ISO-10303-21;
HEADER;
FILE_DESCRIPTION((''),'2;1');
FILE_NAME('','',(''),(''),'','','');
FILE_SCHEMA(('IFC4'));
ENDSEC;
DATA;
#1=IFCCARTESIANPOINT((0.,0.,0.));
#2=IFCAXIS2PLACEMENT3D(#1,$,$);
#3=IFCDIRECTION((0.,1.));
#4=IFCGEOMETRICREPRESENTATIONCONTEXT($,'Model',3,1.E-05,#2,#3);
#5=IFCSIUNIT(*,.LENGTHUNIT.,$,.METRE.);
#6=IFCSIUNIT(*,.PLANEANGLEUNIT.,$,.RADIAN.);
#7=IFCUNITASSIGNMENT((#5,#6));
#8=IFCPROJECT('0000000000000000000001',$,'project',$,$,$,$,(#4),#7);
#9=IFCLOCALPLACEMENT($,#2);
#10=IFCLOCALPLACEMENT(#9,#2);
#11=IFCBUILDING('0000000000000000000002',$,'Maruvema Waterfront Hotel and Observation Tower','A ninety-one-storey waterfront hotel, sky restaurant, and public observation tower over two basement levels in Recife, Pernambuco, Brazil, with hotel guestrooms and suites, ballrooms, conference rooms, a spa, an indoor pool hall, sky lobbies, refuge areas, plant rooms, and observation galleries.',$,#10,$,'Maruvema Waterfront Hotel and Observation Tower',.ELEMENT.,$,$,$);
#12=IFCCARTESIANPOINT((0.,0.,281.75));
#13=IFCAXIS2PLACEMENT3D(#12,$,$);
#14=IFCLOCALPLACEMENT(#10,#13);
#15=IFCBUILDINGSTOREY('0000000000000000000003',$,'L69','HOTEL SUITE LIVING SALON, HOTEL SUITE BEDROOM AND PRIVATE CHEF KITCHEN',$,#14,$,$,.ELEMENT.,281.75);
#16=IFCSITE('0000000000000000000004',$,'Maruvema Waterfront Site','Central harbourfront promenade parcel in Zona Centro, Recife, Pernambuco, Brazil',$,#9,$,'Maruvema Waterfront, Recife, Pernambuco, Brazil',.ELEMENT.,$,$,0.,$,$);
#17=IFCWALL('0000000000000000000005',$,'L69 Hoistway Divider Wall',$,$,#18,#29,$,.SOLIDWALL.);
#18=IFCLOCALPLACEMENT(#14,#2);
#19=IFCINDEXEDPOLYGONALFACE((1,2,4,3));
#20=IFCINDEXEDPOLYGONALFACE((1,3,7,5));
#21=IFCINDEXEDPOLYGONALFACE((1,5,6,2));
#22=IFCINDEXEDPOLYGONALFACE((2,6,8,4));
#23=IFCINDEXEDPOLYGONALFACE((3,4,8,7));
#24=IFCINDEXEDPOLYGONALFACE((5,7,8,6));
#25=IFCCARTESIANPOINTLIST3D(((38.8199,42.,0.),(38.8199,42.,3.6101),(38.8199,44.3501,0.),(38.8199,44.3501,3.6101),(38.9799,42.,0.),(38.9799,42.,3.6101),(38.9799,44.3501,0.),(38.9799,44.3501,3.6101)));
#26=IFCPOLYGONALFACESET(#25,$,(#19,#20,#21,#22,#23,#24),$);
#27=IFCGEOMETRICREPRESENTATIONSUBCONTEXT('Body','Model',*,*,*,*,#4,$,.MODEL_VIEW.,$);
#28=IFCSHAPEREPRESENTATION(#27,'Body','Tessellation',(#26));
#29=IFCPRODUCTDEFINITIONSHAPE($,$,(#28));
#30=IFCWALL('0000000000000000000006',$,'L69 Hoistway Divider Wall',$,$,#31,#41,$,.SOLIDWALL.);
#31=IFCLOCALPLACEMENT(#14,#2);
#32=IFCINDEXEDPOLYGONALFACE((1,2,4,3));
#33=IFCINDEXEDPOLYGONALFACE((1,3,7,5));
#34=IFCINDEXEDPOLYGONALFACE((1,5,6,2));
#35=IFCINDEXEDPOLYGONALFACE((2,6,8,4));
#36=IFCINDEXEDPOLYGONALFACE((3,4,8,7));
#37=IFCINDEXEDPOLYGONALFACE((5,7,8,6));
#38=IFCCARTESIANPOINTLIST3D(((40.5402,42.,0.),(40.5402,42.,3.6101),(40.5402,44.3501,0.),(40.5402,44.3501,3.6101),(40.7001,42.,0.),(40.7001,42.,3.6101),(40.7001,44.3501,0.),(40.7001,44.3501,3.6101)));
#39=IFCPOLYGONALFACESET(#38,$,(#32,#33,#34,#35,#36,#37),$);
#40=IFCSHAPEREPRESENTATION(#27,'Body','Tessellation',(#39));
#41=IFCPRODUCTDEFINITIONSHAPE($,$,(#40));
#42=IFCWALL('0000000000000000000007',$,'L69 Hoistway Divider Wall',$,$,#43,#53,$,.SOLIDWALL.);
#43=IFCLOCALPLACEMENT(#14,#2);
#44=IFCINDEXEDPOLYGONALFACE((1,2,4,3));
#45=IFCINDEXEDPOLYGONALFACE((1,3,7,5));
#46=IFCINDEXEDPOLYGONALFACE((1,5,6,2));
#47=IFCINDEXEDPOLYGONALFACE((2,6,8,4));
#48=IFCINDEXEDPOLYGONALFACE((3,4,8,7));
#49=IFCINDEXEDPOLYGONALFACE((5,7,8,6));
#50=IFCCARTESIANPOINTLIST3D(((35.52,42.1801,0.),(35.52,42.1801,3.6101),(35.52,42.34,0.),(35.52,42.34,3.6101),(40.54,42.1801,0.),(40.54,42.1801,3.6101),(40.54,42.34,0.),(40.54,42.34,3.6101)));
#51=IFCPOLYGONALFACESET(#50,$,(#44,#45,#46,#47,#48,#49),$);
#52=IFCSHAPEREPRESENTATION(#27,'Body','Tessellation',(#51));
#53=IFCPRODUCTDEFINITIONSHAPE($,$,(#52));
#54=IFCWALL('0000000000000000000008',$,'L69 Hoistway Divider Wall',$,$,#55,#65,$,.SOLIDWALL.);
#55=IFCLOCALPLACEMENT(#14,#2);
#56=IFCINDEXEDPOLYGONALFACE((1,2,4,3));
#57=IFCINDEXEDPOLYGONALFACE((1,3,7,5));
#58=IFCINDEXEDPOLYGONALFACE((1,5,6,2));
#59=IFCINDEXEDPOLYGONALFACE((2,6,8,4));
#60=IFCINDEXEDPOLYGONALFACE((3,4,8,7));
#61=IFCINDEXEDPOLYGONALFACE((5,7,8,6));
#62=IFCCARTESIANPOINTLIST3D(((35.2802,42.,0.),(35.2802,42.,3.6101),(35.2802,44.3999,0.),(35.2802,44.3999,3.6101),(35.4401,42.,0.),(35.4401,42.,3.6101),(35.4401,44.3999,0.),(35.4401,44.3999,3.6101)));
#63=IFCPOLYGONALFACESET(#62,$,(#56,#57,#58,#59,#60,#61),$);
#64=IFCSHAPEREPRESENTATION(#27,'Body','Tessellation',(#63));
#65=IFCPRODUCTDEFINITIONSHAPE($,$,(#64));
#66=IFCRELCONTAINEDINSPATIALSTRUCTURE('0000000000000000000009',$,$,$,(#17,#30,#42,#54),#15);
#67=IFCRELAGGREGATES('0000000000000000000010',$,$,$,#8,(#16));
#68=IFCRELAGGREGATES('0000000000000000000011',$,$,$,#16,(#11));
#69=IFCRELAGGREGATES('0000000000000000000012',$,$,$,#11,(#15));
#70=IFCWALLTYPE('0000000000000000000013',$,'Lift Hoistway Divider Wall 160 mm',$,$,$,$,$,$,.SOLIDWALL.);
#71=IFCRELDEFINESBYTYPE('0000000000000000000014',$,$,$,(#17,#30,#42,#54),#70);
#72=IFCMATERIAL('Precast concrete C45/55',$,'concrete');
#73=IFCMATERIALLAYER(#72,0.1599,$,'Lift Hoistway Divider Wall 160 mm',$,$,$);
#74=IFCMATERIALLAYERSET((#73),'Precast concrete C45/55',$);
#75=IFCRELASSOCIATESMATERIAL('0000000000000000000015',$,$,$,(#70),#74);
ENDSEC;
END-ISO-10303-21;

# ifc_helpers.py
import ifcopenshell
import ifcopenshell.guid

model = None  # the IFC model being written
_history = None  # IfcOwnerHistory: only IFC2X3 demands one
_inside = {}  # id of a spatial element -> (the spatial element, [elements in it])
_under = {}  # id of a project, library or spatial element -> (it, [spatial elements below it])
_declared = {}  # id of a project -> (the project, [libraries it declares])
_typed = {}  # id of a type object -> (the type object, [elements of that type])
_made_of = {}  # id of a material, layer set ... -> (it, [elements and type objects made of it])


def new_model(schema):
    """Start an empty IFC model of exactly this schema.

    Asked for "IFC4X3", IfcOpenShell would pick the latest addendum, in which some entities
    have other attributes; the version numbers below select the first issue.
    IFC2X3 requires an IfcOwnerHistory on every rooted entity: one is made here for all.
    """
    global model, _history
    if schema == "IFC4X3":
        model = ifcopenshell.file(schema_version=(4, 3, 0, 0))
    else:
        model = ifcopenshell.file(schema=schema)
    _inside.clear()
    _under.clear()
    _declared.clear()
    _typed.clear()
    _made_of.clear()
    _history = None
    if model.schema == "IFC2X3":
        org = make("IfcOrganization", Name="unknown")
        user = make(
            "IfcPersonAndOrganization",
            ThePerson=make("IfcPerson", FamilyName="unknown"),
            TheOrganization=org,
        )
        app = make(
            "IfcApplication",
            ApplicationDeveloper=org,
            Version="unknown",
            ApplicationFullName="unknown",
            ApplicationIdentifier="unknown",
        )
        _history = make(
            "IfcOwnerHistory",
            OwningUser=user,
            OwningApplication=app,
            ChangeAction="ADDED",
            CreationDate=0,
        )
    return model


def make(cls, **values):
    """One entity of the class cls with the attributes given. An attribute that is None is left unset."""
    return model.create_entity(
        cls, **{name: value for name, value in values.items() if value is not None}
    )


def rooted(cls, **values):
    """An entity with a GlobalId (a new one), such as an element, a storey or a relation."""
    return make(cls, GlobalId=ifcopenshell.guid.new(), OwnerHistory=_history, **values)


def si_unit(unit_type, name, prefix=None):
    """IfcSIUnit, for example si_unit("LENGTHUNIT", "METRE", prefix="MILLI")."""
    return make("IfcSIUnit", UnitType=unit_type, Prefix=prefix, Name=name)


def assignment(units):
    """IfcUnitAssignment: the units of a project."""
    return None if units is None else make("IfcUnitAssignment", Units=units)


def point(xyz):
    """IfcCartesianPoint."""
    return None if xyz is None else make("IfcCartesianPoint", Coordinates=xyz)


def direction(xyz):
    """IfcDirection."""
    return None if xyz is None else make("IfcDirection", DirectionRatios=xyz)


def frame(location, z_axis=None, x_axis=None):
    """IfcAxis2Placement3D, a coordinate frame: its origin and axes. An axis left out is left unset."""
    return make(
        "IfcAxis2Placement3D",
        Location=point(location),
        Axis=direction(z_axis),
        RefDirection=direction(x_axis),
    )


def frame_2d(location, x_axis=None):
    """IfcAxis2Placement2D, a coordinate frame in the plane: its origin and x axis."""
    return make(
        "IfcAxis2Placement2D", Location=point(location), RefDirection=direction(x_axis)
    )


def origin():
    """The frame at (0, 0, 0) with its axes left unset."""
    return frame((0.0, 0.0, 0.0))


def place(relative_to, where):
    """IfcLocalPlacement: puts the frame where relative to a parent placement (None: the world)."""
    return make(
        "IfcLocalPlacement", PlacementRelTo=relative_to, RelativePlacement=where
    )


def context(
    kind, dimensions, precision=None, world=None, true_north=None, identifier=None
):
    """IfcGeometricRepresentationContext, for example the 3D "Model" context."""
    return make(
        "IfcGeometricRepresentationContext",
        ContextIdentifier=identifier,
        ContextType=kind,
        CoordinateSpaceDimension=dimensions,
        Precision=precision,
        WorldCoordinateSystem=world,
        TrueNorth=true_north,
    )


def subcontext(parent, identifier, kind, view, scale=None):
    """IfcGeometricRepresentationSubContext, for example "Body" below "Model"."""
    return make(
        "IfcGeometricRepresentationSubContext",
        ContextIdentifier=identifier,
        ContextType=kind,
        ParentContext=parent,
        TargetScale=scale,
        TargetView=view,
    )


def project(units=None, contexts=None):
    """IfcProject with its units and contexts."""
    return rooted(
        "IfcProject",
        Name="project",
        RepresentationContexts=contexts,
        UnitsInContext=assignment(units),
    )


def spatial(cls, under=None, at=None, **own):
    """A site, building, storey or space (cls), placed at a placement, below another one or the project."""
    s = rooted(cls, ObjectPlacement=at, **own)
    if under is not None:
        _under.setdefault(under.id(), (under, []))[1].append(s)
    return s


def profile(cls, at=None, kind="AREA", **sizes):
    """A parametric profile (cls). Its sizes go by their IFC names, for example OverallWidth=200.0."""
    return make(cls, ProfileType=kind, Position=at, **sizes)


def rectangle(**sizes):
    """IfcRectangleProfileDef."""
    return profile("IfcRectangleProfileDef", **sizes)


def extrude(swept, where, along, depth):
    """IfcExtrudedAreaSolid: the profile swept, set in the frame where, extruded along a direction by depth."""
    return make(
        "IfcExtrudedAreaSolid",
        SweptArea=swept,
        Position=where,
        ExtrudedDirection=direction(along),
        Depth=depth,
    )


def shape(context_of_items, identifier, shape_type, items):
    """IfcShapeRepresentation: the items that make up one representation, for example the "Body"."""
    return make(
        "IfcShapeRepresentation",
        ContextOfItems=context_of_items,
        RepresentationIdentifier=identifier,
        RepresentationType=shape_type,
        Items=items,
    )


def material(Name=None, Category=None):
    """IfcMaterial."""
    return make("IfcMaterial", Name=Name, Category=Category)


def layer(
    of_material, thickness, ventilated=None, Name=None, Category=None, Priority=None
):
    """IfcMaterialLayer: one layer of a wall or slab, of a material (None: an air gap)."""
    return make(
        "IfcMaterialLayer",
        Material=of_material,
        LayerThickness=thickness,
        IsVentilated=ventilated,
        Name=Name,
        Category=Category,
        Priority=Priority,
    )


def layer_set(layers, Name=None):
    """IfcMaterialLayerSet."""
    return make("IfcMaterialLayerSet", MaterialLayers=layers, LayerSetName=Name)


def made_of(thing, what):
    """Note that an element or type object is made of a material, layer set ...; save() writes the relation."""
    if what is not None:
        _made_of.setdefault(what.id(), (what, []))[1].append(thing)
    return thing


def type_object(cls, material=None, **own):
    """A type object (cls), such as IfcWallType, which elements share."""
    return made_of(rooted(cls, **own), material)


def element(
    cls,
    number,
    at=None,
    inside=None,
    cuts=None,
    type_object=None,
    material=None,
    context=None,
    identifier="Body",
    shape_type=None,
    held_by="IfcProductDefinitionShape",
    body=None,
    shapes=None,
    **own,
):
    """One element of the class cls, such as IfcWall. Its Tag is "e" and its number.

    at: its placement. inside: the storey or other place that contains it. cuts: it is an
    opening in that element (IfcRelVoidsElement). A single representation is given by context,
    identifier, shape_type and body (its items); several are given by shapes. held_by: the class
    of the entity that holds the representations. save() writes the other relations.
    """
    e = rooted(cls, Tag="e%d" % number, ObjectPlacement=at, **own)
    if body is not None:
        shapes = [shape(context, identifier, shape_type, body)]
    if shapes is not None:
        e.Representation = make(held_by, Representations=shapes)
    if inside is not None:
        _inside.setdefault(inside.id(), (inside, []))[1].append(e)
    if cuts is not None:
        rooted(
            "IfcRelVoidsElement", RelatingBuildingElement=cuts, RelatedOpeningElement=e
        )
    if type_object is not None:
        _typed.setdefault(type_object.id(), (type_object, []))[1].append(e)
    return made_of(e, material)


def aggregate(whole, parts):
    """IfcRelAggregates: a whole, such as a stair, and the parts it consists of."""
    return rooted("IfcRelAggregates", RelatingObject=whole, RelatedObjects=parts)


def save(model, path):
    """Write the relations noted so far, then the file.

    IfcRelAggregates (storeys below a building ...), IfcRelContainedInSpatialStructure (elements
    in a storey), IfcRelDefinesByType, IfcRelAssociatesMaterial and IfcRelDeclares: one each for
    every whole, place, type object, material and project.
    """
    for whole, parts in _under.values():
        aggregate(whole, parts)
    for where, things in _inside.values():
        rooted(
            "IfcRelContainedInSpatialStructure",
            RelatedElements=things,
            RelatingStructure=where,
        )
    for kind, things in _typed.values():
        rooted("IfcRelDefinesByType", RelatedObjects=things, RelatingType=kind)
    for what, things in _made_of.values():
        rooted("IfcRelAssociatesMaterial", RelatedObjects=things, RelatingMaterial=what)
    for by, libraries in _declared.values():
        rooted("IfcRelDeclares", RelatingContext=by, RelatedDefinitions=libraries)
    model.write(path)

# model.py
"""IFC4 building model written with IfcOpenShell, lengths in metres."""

from ifc_helpers import new_model, si_unit, direction, frame, frame_2d, origin, place, context, subcontext, project, spatial, rectangle, extrude, material, layer, layer_set, type_object, element, save


model = new_model("IFC4")

# Units and contexts
model_context = context("Model", 3, precision=1e-05, world=origin(), true_north=direction((0.0, 1.0)))
body_context = subcontext(model_context, "Body", "Model", "MODEL_VIEW")
ifc_project = project(units=[si_unit("LENGTHUNIT", "METRE"), si_unit("PLANEANGLEUNIT", "RADIAN")], contexts=[model_context])

# Site, building, storey
site_placement = place(None, origin())
site = spatial("IfcSite", under=ifc_project, at=site_placement, Name="Maruvema Waterfront Site", Description="Central harbourfront promenade parcel in Zona Centro, Recife, Pernambuco, Brazil", LongName="Maruvema Waterfront, Recife, Pernambuco, Brazil", CompositionType="ELEMENT", RefElevation=0.0)
building_placement = place(site_placement, origin())
building = spatial("IfcBuilding", under=site, at=building_placement, Name="Maruvema Waterfront Hotel and Observation Tower", Description="A ninety-one-storey waterfront hotel, sky restaurant, and public observation tower over two basement levels in Recife, Pernambuco, Brazil, with hotel guestrooms and suites, ballrooms, conference rooms, a spa, an indoor pool hall, sky lobbies, refuge areas, plant rooms, and observation galleries.", LongName="Maruvema Waterfront Hotel and Observation Tower", CompositionType="ELEMENT")
storey_placement = place(building_placement, frame((0.0, 0.0, 281.75)))
storey = spatial("IfcBuildingStorey", under=building, at=storey_placement, Name="L69", Description="HOTEL SUITE LIVING SALON, HOTEL SUITE BEDROOM AND PRIVATE CHEF KITCHEN", CompositionType="ELEMENT", Elevation=281.75)

# Walls
ifc_material_1 = material(Name="Precast concrete C45/55", Category="concrete")
ifc_layer_1 = layer(ifc_material_1, 0.1599, Name="Lift Hoistway Divider Wall 160 mm")
ifc_layer_set_1 = layer_set([ifc_layer_1], Name="Precast concrete C45/55")
wall_type_1 = type_object("IfcWallType", Name="Lift Hoistway Divider Wall 160 mm", PredefinedType="SOLIDWALL", material=ifc_layer_set_1)
for number, where, z_axis, x_axis, name in (
    (1, (38.8999, 42.0, 0.0), (0.0, 0.0, 1.0), (0.0, 1.0, 0.0), "L69 Hoistway Divider Wall"),
    (2, (40.6201, 42.0, 0.0), (0.0, 0.0, 1.0), (0.0, 1.0, 0.0), "L69 Hoistway Divider Wall"),
):
    element("IfcWall", number, at=place(storey_placement, frame(where, z_axis=z_axis, x_axis=x_axis)), inside=storey, type_object=wall_type_1, Name=name, PredefinedType="SOLIDWALL", context=body_context, shape_type="SweptSolid", body=[
        extrude(rectangle(XDim=2.3501, YDim=0.1599, at=frame_2d((1.175, 0.0))), origin(), (0.0, 0.0, 1.0), 3.6101),
    ])
wall_1_placement = place(storey_placement, frame((35.52, 42.26, 0.0), z_axis=(0.0, 0.0, 1.0), x_axis=(1.0, 0.0, 0.0)))
element("IfcWall", 3, at=wall_1_placement, inside=storey, type_object=wall_type_1, Name="L69 Hoistway Divider Wall", PredefinedType="SOLIDWALL", context=body_context, shape_type="SweptSolid", body=[
    extrude(rectangle(XDim=5.02, YDim=0.1599, at=frame_2d((2.51, 0.0))), origin(), (0.0, 0.0, 1.0), 3.6101),
])
wall_2_placement = place(storey_placement, frame((35.3601, 42.0, 0.0), z_axis=(0.0, 0.0, 1.0), x_axis=(0.0, 1.0, 0.0)))
element("IfcWall", 4, at=wall_2_placement, inside=storey, type_object=wall_type_1, Name="L69 Hoistway Divider Wall", PredefinedType="SOLIDWALL", context=body_context, shape_type="SweptSolid", body=[
    extrude(rectangle(XDim=2.3999, YDim=0.1599, at=frame_2d((1.2, 0.0))), origin(), (0.0, 0.0, 1.0), 3.6101),
])

save(model, "model.ifc")
